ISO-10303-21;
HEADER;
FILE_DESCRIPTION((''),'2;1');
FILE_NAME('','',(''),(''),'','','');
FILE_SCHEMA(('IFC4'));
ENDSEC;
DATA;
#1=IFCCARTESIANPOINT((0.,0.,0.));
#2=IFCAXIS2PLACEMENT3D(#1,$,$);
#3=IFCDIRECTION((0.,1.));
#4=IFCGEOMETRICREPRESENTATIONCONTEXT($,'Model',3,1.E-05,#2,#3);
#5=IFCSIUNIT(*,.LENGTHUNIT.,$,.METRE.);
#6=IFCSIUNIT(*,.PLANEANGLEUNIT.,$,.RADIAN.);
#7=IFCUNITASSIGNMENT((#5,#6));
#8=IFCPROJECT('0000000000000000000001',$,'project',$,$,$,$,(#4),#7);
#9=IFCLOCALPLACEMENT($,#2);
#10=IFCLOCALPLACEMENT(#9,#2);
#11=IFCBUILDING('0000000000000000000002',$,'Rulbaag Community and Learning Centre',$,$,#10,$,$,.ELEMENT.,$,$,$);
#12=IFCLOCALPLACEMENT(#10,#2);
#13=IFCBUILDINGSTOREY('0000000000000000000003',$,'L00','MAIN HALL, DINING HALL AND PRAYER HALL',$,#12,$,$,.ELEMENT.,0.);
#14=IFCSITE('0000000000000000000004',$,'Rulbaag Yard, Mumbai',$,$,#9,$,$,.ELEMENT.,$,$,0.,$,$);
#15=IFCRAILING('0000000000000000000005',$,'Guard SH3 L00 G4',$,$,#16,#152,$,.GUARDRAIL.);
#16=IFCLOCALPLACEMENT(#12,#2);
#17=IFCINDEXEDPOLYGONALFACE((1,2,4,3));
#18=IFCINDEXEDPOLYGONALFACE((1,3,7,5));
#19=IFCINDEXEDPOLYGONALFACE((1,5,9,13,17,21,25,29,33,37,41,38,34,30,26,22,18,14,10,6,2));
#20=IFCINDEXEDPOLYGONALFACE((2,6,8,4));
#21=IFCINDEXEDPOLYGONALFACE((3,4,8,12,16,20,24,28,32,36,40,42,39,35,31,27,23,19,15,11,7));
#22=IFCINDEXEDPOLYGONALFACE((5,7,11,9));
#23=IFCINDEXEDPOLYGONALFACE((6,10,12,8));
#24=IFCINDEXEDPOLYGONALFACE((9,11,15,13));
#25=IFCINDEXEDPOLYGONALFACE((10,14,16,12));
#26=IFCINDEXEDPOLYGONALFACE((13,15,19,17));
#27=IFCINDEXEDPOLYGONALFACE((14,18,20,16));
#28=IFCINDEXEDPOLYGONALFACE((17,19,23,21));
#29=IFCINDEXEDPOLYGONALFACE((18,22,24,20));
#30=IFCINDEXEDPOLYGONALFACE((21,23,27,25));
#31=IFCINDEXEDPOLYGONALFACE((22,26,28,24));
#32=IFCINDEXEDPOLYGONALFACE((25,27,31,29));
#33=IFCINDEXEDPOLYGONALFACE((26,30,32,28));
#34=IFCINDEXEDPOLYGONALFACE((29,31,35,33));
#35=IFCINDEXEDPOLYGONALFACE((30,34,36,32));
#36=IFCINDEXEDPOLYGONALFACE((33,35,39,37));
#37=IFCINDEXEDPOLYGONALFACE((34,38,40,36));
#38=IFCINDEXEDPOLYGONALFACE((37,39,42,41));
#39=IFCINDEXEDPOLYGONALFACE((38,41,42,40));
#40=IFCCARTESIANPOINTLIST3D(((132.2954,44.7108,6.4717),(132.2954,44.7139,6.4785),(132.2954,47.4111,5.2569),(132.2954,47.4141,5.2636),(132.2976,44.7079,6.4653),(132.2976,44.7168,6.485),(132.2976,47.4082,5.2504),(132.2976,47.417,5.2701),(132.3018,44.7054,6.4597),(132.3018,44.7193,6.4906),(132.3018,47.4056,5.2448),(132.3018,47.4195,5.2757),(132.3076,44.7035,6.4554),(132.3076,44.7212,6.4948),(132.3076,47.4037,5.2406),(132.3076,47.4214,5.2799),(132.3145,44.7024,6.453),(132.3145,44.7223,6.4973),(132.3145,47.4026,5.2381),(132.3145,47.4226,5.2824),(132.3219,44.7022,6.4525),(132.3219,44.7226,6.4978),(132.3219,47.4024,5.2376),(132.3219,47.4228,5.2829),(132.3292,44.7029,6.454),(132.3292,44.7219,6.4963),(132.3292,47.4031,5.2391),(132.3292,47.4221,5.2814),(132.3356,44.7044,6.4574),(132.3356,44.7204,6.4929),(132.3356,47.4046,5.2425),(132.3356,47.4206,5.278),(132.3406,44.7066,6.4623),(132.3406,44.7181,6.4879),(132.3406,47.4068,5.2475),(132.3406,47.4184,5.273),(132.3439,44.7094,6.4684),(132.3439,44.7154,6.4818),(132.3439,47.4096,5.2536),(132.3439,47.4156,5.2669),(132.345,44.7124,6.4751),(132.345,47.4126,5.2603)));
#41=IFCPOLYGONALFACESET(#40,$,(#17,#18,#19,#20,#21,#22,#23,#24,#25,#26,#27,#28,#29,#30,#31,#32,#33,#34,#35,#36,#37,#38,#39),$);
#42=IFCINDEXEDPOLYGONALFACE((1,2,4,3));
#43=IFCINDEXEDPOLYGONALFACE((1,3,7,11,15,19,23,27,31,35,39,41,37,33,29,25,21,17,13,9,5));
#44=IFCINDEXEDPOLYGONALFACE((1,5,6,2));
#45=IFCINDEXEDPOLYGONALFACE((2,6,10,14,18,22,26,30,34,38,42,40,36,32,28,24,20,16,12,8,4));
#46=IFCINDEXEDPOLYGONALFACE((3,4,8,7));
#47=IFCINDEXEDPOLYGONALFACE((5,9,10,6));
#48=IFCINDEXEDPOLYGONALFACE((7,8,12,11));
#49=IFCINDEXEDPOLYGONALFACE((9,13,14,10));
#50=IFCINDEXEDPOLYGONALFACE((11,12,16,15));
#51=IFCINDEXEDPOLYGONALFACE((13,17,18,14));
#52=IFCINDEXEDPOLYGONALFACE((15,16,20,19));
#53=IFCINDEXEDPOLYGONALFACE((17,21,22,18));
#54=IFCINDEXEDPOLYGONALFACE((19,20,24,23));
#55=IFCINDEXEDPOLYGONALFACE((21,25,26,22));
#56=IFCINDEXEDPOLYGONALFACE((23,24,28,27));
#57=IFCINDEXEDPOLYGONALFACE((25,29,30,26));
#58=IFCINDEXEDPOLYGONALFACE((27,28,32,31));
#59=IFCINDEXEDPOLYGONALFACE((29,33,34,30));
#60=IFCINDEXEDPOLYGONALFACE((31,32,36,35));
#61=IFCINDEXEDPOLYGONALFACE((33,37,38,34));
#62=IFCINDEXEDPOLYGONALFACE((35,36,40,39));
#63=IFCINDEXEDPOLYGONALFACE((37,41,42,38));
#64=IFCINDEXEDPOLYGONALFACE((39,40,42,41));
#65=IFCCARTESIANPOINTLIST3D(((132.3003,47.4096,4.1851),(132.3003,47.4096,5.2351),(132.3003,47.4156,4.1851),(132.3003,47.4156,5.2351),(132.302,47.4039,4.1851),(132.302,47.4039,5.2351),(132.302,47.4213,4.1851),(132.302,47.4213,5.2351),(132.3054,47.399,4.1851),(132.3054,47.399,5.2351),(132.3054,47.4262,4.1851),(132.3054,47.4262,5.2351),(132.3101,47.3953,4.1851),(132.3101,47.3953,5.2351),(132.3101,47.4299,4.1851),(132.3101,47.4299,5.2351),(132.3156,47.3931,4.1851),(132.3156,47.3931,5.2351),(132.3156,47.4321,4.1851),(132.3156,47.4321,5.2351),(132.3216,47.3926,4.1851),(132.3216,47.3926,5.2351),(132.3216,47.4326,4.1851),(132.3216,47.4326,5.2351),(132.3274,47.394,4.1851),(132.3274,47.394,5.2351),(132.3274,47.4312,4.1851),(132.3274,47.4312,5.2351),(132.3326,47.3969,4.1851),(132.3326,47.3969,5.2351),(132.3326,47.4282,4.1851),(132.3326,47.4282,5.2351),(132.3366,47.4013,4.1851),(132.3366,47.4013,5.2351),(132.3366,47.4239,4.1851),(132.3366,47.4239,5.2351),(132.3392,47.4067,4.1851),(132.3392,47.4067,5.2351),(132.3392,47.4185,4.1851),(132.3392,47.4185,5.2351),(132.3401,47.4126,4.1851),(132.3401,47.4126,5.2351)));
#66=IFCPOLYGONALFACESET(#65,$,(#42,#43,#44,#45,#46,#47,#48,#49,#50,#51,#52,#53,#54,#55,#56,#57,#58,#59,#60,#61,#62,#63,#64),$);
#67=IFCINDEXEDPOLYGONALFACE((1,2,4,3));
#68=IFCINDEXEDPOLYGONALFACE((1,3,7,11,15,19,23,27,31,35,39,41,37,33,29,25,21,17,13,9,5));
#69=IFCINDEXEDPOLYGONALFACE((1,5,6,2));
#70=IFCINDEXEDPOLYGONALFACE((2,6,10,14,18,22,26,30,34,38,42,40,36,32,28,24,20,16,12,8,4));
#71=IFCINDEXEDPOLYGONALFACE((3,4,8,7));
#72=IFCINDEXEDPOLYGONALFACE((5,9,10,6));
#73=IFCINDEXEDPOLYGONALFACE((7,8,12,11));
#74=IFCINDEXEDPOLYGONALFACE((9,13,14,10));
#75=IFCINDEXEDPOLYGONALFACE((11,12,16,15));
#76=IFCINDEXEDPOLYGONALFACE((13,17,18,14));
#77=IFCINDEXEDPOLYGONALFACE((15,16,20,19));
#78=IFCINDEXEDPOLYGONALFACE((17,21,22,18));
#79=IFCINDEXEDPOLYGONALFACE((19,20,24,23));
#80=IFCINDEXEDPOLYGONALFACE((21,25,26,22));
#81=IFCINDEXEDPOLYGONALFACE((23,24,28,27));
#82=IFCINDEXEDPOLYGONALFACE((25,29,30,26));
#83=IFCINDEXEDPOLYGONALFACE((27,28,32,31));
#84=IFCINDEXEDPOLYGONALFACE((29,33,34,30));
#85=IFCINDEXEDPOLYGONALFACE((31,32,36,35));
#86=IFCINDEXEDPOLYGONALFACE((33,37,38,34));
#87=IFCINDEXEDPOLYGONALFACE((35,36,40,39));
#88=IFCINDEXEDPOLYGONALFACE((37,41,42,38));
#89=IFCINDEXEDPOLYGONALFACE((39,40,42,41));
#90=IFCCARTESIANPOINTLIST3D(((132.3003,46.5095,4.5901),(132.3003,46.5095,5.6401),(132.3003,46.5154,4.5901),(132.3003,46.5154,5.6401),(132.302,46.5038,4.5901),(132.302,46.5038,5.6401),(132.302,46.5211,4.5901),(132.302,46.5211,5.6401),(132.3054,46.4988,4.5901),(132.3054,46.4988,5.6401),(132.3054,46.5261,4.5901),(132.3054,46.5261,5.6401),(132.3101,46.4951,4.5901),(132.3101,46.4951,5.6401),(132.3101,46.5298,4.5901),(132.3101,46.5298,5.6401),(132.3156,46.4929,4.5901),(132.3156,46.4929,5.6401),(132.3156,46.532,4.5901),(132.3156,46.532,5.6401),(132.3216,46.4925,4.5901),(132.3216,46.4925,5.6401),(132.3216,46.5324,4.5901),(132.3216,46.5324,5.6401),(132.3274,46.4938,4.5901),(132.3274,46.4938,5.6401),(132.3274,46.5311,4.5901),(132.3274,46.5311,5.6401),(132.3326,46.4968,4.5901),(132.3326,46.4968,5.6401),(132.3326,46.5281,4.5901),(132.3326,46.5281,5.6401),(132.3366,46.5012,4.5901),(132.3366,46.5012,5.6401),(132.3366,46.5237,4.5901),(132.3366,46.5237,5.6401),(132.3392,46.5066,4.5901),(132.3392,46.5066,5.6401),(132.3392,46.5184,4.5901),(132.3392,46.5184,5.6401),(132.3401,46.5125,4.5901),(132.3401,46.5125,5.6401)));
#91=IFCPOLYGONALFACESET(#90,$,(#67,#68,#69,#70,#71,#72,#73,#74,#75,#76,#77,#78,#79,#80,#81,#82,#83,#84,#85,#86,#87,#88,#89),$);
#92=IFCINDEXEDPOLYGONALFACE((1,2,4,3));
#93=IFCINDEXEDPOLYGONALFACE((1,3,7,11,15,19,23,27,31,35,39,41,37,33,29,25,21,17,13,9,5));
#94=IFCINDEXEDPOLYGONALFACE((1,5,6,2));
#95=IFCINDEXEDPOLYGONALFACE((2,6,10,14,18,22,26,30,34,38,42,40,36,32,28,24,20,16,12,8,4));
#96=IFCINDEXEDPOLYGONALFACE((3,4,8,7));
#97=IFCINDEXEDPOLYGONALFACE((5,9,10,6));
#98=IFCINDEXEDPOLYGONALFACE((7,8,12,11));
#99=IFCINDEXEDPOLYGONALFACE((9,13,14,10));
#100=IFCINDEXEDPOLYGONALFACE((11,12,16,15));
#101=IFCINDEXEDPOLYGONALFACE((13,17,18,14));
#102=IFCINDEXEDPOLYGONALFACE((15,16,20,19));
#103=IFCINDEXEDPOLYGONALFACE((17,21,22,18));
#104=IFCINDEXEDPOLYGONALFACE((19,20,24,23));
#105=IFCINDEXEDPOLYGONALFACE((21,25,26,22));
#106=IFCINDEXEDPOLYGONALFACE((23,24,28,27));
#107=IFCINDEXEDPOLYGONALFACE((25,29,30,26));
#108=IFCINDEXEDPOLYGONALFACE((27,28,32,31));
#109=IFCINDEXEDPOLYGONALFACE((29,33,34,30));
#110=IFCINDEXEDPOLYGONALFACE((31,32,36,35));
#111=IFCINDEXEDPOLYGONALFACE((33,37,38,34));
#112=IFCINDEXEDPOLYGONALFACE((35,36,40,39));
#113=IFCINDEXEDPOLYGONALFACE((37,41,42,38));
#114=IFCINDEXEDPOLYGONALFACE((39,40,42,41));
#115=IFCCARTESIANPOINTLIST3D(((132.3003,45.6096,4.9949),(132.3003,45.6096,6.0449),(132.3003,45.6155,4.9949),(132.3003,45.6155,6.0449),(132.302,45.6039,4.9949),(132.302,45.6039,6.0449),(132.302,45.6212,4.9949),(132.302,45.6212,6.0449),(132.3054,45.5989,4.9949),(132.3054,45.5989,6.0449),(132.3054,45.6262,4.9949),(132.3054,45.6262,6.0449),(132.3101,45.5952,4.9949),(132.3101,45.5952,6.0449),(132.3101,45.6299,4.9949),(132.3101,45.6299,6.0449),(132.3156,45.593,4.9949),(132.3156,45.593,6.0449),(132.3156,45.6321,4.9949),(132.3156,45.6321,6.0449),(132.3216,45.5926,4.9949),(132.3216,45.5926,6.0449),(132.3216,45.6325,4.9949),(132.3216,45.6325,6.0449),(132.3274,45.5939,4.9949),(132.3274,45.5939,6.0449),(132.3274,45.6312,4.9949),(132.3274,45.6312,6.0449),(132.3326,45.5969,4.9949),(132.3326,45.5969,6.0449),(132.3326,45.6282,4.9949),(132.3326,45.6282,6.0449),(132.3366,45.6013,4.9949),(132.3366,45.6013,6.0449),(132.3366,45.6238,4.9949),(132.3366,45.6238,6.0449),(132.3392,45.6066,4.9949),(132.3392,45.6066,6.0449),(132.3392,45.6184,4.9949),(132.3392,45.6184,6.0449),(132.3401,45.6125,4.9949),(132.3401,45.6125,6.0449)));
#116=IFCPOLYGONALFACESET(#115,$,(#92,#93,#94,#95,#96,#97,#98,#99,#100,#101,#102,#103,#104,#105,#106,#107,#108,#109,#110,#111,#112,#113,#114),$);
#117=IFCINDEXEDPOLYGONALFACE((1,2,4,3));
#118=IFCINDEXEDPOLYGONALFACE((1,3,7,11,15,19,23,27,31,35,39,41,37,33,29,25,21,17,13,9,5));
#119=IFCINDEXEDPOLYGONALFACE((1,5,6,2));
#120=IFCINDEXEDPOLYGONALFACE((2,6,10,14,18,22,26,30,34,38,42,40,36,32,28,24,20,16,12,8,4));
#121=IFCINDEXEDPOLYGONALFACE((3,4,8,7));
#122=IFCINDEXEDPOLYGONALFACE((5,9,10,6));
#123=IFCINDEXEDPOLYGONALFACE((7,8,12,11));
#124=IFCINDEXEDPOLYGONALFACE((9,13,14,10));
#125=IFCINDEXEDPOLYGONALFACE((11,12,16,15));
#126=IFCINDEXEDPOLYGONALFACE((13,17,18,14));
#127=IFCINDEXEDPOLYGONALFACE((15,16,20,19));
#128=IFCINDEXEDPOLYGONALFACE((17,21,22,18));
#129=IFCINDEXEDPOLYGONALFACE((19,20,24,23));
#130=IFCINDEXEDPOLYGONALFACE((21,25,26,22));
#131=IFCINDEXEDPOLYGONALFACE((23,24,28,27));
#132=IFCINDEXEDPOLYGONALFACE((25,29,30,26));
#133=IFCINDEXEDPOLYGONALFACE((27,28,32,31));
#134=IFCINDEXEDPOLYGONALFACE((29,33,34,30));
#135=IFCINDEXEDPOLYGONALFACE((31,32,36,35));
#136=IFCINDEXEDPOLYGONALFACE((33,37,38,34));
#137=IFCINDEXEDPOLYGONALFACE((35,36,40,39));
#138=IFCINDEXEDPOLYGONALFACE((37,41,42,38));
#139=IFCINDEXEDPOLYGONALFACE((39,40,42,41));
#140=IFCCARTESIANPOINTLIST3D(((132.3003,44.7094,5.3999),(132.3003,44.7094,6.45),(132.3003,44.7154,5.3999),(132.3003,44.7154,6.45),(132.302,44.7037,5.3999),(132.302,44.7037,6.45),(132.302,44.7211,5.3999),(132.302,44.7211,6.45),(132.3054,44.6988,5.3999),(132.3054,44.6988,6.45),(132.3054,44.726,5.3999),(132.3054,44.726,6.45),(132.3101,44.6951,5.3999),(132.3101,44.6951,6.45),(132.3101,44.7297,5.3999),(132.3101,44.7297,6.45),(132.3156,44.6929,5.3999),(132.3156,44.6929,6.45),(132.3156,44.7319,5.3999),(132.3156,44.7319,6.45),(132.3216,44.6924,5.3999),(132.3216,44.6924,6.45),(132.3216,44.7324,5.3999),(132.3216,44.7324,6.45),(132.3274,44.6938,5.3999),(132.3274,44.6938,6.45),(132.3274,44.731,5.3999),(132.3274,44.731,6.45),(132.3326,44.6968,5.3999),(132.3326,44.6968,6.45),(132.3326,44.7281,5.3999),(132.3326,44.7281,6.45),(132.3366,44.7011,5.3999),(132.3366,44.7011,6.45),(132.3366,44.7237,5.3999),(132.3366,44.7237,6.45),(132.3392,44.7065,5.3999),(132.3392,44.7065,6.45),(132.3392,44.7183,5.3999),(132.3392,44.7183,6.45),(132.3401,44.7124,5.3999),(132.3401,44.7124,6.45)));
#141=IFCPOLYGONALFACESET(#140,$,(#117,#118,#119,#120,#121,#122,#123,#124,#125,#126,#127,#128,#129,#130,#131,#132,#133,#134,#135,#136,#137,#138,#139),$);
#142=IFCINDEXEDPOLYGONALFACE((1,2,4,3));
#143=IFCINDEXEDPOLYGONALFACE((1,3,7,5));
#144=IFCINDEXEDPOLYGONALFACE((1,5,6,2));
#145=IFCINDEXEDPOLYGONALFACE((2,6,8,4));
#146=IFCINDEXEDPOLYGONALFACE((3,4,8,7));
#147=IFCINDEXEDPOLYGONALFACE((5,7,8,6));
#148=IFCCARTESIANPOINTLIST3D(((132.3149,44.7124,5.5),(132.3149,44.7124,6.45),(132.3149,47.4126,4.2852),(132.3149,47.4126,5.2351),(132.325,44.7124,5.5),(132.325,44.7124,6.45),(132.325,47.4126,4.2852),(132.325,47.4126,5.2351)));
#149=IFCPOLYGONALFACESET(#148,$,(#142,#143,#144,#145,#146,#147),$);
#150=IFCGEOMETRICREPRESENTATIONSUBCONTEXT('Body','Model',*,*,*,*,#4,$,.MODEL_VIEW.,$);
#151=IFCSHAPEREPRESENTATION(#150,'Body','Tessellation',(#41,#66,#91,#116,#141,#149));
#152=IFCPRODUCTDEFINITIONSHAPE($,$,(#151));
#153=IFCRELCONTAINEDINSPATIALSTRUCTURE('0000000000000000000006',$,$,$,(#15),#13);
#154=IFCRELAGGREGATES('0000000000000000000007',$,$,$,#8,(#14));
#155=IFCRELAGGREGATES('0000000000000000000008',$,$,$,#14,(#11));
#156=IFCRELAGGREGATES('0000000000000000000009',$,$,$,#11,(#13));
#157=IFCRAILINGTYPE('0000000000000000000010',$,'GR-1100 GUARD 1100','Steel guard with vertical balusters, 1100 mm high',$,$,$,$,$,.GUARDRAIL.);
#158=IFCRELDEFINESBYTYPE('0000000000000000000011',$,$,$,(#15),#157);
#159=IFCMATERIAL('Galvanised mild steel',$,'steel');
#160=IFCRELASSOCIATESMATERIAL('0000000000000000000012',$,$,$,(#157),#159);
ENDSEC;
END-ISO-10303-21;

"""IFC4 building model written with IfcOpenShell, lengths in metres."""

from ifc_helpers import new_model, si_unit, direction, frame, origin, origin_2d, place, context, subcontext, project, spatial, polyline, circle, outline, extrude, material, type_object, element, save


model = new_model("IFC4")

# Units and contexts
model_context = context("Model", 3, precision=1e-05, world=origin(), true_north=direction((0.0, 1.0)))
body_context = subcontext(model_context, "Body", "Model", "MODEL_VIEW")
ifc_project = project(units=[si_unit("LENGTHUNIT", "METRE"), si_unit("PLANEANGLEUNIT", "RADIAN")], contexts=[model_context])

# Site, building, storey
site_placement = place(None, origin())
site = spatial("IfcSite", under=ifc_project, at=site_placement, Name="Rulbaag Yard, Mumbai", CompositionType="ELEMENT", RefElevation=0.0)
building_placement = place(site_placement, origin())
building = spatial("IfcBuilding", under=site, at=building_placement, Name="Rulbaag Community and Learning Centre", CompositionType="ELEMENT")
storey_placement = place(building_placement, origin())
storey = spatial("IfcBuildingStorey", under=building, at=storey_placement, Name="L00", Description="MAIN HALL, DINING HALL AND PRAYER HALL", CompositionType="ELEMENT", Elevation=0.0)

# Railing
ifc_material_1 = material(Name="Galvanised mild steel", Category="steel")
railing_type_1 = type_object("IfcRailingType", Name="GR-1100 GUARD 1100", Description="Steel guard with vertical balusters, 1100 mm high", PredefinedType="GUARDRAIL", material=ifc_material_1)
railing_1_placement = place(storey_placement, frame((132.3201, 47.4126, 4.1851)))
element("IfcRailing", 1, at=railing_1_placement, inside=storey, type_object=railing_type_1, Name="Guard SH3 L00 G4", PredefinedType="GUARDRAIL", context=body_context, shape_type="SweptSolid", body=[
    extrude(circle(Radius=0.0249, at=origin_2d()), frame((0.0, 0.0, 1.0752), z_axis=(0.0, -0.911952, 0.410296), x_axis=(1.0, 0.0, 0.0)), (0.0, 0.0, 1.0), 2.9609),
    extrude(circle(Radius=0.02, at=origin_2d()), origin(), (0.0, 0.0, 1.0), 1.05),
    extrude(circle(Radius=0.02, at=origin_2d()), frame((0.0, -0.9001, 0.405)), (0.0, 0.0, 1.0), 1.05),
    extrude(circle(Radius=0.02, at=origin_2d()), frame((0.0, -1.8, 0.8098)), (0.0, 0.0, 1.0), 1.05),
    extrude(circle(Radius=0.02, at=origin_2d()), frame((0.0, -2.7002, 1.2148)), (0.0, 0.0, 1.0), 1.05),
    extrude(outline(polyline([(0.0, 0.0), (2.7002, 1.2148), (2.7002, 2.1648), (0.0, 0.95), (0.0, 0.0)])), frame((0.0049, 0.0, 0.1001), z_axis=(-1.0, 0.0, 0.0), x_axis=(0.0, -1.0, 0.0)), (0.0, 0.0, 1.0), 0.01),
])

save(model, "model.ifc")
